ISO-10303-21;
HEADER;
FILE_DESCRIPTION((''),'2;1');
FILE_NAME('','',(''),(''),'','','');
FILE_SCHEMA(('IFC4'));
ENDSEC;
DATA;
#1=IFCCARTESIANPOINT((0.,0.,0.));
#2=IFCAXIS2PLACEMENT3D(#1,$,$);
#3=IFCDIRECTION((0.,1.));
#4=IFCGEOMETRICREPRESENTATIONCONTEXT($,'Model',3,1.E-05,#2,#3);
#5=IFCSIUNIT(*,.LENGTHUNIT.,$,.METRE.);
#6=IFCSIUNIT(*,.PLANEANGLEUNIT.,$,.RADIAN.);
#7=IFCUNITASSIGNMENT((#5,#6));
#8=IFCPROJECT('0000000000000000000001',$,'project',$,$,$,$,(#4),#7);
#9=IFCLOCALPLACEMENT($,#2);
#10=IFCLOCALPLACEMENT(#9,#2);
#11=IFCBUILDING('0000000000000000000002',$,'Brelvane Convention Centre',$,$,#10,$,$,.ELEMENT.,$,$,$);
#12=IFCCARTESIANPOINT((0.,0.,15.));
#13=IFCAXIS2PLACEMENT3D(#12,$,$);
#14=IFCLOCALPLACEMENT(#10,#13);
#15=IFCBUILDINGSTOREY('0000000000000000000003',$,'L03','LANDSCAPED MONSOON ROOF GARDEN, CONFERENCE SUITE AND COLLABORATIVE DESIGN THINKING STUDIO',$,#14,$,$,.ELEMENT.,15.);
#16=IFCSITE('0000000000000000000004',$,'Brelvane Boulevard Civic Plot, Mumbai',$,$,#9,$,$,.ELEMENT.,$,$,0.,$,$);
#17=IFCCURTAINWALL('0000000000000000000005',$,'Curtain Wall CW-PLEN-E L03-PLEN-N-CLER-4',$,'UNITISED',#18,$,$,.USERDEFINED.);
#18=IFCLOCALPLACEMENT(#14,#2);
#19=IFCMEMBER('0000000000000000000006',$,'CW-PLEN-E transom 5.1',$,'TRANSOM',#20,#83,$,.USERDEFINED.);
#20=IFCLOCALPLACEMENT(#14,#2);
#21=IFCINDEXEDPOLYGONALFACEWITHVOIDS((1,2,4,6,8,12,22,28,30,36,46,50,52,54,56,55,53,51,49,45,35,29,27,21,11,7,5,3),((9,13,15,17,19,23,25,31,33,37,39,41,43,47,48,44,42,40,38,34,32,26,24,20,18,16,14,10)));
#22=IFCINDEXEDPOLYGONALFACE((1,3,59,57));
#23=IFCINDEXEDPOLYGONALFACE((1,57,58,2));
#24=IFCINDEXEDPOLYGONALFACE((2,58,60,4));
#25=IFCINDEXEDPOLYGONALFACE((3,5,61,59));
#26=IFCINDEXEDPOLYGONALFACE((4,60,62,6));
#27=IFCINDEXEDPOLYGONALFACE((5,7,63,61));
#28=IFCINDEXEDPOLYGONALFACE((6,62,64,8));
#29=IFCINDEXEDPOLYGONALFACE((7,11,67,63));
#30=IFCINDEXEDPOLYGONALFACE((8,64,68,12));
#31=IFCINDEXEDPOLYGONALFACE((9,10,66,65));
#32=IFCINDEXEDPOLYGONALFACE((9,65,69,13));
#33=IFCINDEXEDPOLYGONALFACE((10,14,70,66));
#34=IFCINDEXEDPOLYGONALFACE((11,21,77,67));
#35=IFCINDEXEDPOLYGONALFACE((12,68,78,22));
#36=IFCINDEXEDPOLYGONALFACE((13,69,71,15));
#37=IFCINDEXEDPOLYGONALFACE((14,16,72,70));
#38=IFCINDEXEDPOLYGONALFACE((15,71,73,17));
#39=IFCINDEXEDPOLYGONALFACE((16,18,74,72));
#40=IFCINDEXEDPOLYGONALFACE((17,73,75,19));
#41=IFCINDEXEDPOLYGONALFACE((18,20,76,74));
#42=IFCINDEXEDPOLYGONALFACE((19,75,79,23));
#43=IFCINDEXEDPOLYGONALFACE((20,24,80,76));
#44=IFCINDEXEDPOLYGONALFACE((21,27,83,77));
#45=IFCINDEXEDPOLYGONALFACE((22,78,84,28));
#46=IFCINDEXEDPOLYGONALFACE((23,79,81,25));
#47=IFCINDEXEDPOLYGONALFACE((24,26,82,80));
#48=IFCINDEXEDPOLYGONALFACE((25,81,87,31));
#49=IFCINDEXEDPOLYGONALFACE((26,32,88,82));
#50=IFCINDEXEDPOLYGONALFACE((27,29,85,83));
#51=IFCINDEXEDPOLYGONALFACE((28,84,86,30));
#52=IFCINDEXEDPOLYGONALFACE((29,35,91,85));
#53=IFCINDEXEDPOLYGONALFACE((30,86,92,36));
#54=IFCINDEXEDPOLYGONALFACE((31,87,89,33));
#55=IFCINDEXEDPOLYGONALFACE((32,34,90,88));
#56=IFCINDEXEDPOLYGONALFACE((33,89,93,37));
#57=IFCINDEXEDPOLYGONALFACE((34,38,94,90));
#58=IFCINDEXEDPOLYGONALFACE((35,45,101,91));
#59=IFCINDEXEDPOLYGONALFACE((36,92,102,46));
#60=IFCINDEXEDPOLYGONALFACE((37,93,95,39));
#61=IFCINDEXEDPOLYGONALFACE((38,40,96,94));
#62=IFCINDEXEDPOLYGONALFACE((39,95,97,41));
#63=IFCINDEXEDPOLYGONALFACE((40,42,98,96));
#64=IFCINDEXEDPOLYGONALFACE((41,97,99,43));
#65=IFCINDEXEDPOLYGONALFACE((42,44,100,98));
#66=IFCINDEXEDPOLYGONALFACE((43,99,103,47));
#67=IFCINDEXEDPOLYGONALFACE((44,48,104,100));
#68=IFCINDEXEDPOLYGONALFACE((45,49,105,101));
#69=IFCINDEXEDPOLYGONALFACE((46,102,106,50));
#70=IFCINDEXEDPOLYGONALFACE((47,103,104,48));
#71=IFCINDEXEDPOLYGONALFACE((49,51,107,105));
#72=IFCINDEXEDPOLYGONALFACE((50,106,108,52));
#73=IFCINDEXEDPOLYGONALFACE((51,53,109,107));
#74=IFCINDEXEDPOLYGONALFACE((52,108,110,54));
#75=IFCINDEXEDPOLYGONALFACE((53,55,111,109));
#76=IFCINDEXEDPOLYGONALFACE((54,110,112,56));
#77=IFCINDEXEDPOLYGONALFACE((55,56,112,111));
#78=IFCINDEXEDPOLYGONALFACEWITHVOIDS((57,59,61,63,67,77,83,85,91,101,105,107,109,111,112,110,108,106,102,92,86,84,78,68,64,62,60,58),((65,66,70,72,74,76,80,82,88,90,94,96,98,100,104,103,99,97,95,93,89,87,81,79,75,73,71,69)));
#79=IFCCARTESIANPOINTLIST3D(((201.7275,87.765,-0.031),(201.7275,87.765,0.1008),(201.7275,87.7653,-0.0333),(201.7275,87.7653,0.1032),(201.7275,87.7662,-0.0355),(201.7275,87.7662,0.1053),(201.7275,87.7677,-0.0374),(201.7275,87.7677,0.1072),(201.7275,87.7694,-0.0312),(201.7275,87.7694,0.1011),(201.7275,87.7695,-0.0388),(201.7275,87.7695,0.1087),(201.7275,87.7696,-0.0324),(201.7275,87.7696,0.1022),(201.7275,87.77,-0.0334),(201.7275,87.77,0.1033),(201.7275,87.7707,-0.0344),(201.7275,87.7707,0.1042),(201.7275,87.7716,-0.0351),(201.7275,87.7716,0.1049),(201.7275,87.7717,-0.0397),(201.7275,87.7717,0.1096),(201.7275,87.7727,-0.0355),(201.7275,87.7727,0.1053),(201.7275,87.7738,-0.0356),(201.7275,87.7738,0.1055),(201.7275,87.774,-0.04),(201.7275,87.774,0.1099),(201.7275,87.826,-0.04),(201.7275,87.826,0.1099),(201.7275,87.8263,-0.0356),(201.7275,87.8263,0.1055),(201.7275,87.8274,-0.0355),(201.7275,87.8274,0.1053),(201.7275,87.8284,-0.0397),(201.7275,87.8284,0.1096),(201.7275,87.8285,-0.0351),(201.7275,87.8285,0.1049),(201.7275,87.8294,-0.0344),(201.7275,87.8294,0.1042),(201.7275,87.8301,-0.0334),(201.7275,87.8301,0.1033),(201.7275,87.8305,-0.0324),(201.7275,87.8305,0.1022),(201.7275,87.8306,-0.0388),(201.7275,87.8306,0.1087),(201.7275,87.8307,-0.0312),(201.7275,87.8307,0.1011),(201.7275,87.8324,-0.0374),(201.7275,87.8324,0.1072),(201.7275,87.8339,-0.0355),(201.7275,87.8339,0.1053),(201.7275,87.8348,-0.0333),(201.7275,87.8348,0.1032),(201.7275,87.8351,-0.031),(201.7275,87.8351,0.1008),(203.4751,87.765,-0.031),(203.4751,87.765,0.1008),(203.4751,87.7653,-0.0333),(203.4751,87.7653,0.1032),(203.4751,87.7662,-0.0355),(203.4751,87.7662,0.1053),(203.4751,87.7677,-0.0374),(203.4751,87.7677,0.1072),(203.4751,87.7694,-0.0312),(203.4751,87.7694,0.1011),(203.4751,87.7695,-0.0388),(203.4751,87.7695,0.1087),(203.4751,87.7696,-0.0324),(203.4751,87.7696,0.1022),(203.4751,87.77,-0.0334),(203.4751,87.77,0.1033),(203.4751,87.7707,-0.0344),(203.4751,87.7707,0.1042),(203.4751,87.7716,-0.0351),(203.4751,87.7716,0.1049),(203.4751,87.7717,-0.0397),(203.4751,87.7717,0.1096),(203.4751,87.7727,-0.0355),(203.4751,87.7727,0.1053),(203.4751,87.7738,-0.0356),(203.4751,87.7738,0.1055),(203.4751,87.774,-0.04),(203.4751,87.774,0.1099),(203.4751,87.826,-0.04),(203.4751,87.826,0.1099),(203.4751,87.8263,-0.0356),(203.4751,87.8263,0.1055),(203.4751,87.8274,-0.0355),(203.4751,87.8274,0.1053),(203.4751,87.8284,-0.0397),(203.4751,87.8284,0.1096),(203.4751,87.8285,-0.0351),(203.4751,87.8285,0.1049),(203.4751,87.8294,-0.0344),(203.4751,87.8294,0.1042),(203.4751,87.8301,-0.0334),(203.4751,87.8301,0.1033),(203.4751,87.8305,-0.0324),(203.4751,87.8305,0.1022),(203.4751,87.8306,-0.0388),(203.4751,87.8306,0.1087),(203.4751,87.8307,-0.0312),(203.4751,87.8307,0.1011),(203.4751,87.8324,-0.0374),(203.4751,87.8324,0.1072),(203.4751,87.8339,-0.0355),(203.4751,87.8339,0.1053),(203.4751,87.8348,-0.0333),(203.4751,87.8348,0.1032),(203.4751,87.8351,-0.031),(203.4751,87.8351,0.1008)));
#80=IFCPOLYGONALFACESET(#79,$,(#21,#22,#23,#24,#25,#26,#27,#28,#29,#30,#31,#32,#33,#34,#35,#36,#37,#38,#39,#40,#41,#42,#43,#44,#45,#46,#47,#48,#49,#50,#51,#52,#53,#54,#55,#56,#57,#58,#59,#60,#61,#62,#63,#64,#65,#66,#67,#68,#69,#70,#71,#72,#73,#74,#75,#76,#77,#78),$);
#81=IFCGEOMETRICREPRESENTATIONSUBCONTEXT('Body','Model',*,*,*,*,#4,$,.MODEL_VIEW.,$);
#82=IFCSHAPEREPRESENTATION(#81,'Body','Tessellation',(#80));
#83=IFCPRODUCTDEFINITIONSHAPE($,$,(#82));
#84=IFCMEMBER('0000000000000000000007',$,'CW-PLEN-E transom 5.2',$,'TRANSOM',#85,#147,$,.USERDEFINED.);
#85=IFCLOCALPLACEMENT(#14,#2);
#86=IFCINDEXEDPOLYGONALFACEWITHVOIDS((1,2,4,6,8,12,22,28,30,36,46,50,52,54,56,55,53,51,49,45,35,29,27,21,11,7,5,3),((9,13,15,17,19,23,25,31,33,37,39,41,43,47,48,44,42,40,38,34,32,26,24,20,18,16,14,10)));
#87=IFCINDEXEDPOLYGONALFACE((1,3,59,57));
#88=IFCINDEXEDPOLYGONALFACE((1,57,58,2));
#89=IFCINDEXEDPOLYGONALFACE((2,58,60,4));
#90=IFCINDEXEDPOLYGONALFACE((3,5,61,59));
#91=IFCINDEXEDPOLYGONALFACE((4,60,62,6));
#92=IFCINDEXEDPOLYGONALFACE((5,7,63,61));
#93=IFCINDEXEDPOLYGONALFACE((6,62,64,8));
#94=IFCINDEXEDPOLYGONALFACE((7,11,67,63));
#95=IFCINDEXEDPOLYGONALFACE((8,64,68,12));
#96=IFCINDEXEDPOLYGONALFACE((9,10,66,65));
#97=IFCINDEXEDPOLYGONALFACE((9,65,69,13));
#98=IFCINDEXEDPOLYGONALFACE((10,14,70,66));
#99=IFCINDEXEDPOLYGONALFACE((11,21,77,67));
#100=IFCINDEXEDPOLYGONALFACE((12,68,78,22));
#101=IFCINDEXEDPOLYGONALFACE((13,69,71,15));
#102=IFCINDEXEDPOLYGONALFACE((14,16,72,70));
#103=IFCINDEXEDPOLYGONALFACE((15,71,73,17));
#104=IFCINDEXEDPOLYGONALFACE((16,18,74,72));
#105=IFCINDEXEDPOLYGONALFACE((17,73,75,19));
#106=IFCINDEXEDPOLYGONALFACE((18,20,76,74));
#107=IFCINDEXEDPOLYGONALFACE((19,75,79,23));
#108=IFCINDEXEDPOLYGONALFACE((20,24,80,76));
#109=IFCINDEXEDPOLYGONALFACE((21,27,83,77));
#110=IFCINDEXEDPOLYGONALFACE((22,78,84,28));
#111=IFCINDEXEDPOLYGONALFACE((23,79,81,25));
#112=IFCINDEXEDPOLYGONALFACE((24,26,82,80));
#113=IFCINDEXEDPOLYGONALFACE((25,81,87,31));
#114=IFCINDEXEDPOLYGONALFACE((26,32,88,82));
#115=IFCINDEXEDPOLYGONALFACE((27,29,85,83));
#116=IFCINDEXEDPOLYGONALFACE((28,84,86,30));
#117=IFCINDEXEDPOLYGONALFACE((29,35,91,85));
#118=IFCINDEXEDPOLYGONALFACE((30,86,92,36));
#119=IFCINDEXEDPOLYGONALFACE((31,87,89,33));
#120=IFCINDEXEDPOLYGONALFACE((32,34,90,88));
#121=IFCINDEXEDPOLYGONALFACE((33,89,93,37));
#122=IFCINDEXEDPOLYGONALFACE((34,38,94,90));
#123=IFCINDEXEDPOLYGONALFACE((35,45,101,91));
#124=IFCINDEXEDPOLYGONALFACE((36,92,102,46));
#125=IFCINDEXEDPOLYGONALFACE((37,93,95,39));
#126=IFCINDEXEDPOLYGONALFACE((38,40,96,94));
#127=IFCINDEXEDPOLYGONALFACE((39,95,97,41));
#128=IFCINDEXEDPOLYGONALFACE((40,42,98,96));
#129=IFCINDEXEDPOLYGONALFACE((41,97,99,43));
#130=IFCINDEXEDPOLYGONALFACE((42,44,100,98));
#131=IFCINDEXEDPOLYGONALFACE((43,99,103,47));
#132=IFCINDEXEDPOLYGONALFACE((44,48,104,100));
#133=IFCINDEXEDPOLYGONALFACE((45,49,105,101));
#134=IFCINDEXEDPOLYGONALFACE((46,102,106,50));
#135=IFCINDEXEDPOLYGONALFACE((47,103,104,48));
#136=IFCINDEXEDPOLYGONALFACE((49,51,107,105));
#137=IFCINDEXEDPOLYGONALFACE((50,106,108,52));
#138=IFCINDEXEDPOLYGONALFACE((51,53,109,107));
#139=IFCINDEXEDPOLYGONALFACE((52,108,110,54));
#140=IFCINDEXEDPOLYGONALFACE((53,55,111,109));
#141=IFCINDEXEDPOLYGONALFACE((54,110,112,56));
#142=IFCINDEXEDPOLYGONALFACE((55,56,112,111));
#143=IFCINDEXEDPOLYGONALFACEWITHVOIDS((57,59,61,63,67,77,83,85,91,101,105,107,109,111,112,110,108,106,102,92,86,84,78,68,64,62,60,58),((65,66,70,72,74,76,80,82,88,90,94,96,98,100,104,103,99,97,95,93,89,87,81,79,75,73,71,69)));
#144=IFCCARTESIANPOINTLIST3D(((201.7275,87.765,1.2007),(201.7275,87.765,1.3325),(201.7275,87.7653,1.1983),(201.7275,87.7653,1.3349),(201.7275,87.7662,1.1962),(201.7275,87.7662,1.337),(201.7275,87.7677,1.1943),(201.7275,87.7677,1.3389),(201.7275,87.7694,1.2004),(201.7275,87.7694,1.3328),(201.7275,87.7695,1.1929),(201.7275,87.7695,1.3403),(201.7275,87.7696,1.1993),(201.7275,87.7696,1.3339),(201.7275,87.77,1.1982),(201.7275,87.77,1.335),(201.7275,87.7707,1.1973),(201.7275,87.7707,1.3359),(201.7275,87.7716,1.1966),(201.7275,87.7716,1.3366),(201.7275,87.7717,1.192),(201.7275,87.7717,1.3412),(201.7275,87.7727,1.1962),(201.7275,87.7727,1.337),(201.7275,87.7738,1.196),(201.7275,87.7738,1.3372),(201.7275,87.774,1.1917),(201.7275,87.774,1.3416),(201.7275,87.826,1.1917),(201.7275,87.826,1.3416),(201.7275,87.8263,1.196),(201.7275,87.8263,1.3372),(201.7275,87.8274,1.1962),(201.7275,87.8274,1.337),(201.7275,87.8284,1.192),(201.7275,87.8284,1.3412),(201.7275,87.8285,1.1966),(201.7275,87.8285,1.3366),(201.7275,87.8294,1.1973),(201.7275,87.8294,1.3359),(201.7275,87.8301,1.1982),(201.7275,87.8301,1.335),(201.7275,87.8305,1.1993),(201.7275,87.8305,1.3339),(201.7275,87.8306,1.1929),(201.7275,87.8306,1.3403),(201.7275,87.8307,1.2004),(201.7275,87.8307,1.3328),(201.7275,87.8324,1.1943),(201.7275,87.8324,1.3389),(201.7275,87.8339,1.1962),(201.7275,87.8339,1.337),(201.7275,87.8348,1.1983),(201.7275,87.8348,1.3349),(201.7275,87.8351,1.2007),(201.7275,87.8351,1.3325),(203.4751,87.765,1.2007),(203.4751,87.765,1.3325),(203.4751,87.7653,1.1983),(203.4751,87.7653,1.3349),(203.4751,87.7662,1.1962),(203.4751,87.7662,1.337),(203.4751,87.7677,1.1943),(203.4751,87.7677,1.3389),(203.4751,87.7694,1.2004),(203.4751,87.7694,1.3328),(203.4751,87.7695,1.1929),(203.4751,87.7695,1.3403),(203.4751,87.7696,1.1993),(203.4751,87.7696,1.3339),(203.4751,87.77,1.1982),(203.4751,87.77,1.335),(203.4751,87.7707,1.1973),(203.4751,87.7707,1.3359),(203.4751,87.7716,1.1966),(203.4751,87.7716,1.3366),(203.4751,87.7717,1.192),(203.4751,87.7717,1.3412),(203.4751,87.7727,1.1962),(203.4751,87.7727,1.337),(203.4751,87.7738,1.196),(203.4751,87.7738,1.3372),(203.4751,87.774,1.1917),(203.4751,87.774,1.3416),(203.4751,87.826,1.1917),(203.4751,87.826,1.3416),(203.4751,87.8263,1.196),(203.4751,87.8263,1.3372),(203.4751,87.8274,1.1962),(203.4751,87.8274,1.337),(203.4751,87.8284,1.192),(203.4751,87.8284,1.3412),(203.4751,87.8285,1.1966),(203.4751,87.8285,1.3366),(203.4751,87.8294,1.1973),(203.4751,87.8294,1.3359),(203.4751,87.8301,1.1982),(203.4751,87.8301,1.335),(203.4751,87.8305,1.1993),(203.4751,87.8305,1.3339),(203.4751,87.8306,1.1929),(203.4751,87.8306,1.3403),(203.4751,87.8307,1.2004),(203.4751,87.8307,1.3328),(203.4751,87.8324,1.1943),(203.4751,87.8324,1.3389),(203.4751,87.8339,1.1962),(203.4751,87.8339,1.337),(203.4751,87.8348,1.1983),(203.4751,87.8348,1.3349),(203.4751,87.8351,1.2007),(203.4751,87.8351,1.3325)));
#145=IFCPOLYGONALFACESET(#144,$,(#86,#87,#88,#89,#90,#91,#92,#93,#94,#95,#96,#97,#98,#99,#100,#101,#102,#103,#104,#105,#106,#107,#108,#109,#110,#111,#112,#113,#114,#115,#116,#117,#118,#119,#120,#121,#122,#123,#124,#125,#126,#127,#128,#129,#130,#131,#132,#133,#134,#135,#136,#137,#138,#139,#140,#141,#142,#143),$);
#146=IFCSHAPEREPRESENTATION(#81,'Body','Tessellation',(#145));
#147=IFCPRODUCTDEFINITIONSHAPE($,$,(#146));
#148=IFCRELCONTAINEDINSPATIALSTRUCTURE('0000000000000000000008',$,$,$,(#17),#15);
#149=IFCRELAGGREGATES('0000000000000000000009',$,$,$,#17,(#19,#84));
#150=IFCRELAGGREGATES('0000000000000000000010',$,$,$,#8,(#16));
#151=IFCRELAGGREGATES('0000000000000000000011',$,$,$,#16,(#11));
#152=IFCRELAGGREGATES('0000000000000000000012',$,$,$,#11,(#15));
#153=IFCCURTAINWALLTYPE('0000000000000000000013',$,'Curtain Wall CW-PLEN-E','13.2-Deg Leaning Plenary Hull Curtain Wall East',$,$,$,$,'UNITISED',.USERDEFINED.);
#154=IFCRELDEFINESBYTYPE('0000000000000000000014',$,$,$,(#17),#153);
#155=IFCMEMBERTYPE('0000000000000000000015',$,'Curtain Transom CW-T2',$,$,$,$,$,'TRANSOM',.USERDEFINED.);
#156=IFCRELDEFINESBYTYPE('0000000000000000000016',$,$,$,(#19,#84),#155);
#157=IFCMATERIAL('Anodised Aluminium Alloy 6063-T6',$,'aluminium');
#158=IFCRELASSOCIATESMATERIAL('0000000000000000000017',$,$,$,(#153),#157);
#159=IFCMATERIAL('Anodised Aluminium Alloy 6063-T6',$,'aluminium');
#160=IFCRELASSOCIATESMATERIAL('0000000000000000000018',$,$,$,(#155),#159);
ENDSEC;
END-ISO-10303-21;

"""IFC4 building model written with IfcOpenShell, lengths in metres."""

from ifc_helpers import new_model, si_unit, direction, frame, origin, origin_2d, place, context, subcontext, project, spatial, hollow_rectangle, extrude, material, material_profile, profile_set, type_object, element, aggregate, save


model = new_model("IFC4")

# Units and contexts
model_context = context("Model", 3, precision=1e-05, world=origin(), true_north=direction((0.0, 1.0)))
body_context = subcontext(model_context, "Body", "Model", "MODEL_VIEW")
ifc_project = project(units=[si_unit("LENGTHUNIT", "METRE"), si_unit("PLANEANGLEUNIT", "RADIAN")], contexts=[model_context])

# Site, building, storey
site_placement = place(None, origin())
site = spatial("IfcSite", under=ifc_project, at=site_placement, Name="Brelvane Boulevard Civic Plot, Mumbai", CompositionType="ELEMENT", RefElevation=0.0)
building_placement = place(site_placement, origin())
building = spatial("IfcBuilding", under=site, at=building_placement, Name="Brelvane Convention Centre", CompositionType="ELEMENT")
storey_placement = place(building_placement, frame((0.0, 0.0, 15.0)))
storey = spatial("IfcBuildingStorey", under=building, at=storey_placement, Name="L03", Description="LANDSCAPED MONSOON ROOF GARDEN, CONFERENCE SUITE AND COLLABORATIVE DESIGN THINKING STUDIO", CompositionType="ELEMENT", Elevation=15.0)

# Curtain wall, members
ifc_material_1 = material(Name="Anodised Aluminium Alloy 6063-T6", Category="aluminium")
curtain_wall_type = type_object("IfcCurtainWallType", Name="Curtain Wall CW-PLEN-E", Description="13.2-Deg Leaning Plenary Hull Curtain Wall East", ElementType="UNITISED", PredefinedType="USERDEFINED", material=ifc_material_1)
curtain_wall_placement = place(storey_placement, origin())
curtain_wall = element("IfcCurtainWall", 1, at=curtain_wall_placement, inside=storey, type_object=curtain_wall_type, Name="Curtain Wall CW-PLEN-E L03-PLEN-N-CLER-4", ObjectType="UNITISED", PredefinedType="USERDEFINED")
ifc_material_2 = material(Name="Anodised Aluminium Alloy 6063-T6", Category="aluminium")
ifc_material_profile_1 = material_profile(ifc_material_2, hollow_rectangle(XDim=0.0701, YDim=0.1499, WallThickness=0.0044, InnerFilletRadius=0.0044, OuterFilletRadius=0.009, at=origin_2d()), Name="ALU-T 150x70x4.5")
ifc_profile_set_1 = profile_set([ifc_material_profile_1], Name="Anodised Aluminium Alloy 6063-T6")
member_type_1 = type_object("IfcMemberType", Name="Curtain Transom CW-T2", ElementType="TRANSOM", PredefinedType="USERDEFINED", material=ifc_profile_set_1)
member_1_placement = place(storey_placement, frame((201.7275, 87.8, 0.0349), z_axis=(1.0, 0.0, 0.0), x_axis=(0.0, 1.0, 0.0)))
member_1 = element("IfcMember", 2, at=member_1_placement, type_object=member_type_1, Name="CW-PLEN-E transom 5.1", ObjectType="TRANSOM", PredefinedType="USERDEFINED", context=body_context, shape_type="SweptSolid", body=[
    extrude(hollow_rectangle(XDim=0.0701, YDim=0.1499, WallThickness=0.0044, InnerFilletRadius=0.0044, OuterFilletRadius=0.009, at=origin_2d()), origin(), (0.0, 0.0, 1.0), 1.7476),
])
member_2_placement = place(storey_placement, frame((201.7275, 87.8, 1.2666), z_axis=(1.0, 0.0, 0.0), x_axis=(0.0, 1.0, 0.0)))
member_2 = element("IfcMember", 3, at=member_2_placement, type_object=member_type_1, Name="CW-PLEN-E transom 5.2", ObjectType="TRANSOM", PredefinedType="USERDEFINED", context=body_context, shape_type="SweptSolid", body=[
    extrude(hollow_rectangle(XDim=0.0701, YDim=0.1499, WallThickness=0.0044, InnerFilletRadius=0.0044, OuterFilletRadius=0.009, at=origin_2d()), origin(), (0.0, 0.0, 1.0), 1.7476),
])

aggregate(curtain_wall, [member_1, member_2])

save(model, "model.ifc")
